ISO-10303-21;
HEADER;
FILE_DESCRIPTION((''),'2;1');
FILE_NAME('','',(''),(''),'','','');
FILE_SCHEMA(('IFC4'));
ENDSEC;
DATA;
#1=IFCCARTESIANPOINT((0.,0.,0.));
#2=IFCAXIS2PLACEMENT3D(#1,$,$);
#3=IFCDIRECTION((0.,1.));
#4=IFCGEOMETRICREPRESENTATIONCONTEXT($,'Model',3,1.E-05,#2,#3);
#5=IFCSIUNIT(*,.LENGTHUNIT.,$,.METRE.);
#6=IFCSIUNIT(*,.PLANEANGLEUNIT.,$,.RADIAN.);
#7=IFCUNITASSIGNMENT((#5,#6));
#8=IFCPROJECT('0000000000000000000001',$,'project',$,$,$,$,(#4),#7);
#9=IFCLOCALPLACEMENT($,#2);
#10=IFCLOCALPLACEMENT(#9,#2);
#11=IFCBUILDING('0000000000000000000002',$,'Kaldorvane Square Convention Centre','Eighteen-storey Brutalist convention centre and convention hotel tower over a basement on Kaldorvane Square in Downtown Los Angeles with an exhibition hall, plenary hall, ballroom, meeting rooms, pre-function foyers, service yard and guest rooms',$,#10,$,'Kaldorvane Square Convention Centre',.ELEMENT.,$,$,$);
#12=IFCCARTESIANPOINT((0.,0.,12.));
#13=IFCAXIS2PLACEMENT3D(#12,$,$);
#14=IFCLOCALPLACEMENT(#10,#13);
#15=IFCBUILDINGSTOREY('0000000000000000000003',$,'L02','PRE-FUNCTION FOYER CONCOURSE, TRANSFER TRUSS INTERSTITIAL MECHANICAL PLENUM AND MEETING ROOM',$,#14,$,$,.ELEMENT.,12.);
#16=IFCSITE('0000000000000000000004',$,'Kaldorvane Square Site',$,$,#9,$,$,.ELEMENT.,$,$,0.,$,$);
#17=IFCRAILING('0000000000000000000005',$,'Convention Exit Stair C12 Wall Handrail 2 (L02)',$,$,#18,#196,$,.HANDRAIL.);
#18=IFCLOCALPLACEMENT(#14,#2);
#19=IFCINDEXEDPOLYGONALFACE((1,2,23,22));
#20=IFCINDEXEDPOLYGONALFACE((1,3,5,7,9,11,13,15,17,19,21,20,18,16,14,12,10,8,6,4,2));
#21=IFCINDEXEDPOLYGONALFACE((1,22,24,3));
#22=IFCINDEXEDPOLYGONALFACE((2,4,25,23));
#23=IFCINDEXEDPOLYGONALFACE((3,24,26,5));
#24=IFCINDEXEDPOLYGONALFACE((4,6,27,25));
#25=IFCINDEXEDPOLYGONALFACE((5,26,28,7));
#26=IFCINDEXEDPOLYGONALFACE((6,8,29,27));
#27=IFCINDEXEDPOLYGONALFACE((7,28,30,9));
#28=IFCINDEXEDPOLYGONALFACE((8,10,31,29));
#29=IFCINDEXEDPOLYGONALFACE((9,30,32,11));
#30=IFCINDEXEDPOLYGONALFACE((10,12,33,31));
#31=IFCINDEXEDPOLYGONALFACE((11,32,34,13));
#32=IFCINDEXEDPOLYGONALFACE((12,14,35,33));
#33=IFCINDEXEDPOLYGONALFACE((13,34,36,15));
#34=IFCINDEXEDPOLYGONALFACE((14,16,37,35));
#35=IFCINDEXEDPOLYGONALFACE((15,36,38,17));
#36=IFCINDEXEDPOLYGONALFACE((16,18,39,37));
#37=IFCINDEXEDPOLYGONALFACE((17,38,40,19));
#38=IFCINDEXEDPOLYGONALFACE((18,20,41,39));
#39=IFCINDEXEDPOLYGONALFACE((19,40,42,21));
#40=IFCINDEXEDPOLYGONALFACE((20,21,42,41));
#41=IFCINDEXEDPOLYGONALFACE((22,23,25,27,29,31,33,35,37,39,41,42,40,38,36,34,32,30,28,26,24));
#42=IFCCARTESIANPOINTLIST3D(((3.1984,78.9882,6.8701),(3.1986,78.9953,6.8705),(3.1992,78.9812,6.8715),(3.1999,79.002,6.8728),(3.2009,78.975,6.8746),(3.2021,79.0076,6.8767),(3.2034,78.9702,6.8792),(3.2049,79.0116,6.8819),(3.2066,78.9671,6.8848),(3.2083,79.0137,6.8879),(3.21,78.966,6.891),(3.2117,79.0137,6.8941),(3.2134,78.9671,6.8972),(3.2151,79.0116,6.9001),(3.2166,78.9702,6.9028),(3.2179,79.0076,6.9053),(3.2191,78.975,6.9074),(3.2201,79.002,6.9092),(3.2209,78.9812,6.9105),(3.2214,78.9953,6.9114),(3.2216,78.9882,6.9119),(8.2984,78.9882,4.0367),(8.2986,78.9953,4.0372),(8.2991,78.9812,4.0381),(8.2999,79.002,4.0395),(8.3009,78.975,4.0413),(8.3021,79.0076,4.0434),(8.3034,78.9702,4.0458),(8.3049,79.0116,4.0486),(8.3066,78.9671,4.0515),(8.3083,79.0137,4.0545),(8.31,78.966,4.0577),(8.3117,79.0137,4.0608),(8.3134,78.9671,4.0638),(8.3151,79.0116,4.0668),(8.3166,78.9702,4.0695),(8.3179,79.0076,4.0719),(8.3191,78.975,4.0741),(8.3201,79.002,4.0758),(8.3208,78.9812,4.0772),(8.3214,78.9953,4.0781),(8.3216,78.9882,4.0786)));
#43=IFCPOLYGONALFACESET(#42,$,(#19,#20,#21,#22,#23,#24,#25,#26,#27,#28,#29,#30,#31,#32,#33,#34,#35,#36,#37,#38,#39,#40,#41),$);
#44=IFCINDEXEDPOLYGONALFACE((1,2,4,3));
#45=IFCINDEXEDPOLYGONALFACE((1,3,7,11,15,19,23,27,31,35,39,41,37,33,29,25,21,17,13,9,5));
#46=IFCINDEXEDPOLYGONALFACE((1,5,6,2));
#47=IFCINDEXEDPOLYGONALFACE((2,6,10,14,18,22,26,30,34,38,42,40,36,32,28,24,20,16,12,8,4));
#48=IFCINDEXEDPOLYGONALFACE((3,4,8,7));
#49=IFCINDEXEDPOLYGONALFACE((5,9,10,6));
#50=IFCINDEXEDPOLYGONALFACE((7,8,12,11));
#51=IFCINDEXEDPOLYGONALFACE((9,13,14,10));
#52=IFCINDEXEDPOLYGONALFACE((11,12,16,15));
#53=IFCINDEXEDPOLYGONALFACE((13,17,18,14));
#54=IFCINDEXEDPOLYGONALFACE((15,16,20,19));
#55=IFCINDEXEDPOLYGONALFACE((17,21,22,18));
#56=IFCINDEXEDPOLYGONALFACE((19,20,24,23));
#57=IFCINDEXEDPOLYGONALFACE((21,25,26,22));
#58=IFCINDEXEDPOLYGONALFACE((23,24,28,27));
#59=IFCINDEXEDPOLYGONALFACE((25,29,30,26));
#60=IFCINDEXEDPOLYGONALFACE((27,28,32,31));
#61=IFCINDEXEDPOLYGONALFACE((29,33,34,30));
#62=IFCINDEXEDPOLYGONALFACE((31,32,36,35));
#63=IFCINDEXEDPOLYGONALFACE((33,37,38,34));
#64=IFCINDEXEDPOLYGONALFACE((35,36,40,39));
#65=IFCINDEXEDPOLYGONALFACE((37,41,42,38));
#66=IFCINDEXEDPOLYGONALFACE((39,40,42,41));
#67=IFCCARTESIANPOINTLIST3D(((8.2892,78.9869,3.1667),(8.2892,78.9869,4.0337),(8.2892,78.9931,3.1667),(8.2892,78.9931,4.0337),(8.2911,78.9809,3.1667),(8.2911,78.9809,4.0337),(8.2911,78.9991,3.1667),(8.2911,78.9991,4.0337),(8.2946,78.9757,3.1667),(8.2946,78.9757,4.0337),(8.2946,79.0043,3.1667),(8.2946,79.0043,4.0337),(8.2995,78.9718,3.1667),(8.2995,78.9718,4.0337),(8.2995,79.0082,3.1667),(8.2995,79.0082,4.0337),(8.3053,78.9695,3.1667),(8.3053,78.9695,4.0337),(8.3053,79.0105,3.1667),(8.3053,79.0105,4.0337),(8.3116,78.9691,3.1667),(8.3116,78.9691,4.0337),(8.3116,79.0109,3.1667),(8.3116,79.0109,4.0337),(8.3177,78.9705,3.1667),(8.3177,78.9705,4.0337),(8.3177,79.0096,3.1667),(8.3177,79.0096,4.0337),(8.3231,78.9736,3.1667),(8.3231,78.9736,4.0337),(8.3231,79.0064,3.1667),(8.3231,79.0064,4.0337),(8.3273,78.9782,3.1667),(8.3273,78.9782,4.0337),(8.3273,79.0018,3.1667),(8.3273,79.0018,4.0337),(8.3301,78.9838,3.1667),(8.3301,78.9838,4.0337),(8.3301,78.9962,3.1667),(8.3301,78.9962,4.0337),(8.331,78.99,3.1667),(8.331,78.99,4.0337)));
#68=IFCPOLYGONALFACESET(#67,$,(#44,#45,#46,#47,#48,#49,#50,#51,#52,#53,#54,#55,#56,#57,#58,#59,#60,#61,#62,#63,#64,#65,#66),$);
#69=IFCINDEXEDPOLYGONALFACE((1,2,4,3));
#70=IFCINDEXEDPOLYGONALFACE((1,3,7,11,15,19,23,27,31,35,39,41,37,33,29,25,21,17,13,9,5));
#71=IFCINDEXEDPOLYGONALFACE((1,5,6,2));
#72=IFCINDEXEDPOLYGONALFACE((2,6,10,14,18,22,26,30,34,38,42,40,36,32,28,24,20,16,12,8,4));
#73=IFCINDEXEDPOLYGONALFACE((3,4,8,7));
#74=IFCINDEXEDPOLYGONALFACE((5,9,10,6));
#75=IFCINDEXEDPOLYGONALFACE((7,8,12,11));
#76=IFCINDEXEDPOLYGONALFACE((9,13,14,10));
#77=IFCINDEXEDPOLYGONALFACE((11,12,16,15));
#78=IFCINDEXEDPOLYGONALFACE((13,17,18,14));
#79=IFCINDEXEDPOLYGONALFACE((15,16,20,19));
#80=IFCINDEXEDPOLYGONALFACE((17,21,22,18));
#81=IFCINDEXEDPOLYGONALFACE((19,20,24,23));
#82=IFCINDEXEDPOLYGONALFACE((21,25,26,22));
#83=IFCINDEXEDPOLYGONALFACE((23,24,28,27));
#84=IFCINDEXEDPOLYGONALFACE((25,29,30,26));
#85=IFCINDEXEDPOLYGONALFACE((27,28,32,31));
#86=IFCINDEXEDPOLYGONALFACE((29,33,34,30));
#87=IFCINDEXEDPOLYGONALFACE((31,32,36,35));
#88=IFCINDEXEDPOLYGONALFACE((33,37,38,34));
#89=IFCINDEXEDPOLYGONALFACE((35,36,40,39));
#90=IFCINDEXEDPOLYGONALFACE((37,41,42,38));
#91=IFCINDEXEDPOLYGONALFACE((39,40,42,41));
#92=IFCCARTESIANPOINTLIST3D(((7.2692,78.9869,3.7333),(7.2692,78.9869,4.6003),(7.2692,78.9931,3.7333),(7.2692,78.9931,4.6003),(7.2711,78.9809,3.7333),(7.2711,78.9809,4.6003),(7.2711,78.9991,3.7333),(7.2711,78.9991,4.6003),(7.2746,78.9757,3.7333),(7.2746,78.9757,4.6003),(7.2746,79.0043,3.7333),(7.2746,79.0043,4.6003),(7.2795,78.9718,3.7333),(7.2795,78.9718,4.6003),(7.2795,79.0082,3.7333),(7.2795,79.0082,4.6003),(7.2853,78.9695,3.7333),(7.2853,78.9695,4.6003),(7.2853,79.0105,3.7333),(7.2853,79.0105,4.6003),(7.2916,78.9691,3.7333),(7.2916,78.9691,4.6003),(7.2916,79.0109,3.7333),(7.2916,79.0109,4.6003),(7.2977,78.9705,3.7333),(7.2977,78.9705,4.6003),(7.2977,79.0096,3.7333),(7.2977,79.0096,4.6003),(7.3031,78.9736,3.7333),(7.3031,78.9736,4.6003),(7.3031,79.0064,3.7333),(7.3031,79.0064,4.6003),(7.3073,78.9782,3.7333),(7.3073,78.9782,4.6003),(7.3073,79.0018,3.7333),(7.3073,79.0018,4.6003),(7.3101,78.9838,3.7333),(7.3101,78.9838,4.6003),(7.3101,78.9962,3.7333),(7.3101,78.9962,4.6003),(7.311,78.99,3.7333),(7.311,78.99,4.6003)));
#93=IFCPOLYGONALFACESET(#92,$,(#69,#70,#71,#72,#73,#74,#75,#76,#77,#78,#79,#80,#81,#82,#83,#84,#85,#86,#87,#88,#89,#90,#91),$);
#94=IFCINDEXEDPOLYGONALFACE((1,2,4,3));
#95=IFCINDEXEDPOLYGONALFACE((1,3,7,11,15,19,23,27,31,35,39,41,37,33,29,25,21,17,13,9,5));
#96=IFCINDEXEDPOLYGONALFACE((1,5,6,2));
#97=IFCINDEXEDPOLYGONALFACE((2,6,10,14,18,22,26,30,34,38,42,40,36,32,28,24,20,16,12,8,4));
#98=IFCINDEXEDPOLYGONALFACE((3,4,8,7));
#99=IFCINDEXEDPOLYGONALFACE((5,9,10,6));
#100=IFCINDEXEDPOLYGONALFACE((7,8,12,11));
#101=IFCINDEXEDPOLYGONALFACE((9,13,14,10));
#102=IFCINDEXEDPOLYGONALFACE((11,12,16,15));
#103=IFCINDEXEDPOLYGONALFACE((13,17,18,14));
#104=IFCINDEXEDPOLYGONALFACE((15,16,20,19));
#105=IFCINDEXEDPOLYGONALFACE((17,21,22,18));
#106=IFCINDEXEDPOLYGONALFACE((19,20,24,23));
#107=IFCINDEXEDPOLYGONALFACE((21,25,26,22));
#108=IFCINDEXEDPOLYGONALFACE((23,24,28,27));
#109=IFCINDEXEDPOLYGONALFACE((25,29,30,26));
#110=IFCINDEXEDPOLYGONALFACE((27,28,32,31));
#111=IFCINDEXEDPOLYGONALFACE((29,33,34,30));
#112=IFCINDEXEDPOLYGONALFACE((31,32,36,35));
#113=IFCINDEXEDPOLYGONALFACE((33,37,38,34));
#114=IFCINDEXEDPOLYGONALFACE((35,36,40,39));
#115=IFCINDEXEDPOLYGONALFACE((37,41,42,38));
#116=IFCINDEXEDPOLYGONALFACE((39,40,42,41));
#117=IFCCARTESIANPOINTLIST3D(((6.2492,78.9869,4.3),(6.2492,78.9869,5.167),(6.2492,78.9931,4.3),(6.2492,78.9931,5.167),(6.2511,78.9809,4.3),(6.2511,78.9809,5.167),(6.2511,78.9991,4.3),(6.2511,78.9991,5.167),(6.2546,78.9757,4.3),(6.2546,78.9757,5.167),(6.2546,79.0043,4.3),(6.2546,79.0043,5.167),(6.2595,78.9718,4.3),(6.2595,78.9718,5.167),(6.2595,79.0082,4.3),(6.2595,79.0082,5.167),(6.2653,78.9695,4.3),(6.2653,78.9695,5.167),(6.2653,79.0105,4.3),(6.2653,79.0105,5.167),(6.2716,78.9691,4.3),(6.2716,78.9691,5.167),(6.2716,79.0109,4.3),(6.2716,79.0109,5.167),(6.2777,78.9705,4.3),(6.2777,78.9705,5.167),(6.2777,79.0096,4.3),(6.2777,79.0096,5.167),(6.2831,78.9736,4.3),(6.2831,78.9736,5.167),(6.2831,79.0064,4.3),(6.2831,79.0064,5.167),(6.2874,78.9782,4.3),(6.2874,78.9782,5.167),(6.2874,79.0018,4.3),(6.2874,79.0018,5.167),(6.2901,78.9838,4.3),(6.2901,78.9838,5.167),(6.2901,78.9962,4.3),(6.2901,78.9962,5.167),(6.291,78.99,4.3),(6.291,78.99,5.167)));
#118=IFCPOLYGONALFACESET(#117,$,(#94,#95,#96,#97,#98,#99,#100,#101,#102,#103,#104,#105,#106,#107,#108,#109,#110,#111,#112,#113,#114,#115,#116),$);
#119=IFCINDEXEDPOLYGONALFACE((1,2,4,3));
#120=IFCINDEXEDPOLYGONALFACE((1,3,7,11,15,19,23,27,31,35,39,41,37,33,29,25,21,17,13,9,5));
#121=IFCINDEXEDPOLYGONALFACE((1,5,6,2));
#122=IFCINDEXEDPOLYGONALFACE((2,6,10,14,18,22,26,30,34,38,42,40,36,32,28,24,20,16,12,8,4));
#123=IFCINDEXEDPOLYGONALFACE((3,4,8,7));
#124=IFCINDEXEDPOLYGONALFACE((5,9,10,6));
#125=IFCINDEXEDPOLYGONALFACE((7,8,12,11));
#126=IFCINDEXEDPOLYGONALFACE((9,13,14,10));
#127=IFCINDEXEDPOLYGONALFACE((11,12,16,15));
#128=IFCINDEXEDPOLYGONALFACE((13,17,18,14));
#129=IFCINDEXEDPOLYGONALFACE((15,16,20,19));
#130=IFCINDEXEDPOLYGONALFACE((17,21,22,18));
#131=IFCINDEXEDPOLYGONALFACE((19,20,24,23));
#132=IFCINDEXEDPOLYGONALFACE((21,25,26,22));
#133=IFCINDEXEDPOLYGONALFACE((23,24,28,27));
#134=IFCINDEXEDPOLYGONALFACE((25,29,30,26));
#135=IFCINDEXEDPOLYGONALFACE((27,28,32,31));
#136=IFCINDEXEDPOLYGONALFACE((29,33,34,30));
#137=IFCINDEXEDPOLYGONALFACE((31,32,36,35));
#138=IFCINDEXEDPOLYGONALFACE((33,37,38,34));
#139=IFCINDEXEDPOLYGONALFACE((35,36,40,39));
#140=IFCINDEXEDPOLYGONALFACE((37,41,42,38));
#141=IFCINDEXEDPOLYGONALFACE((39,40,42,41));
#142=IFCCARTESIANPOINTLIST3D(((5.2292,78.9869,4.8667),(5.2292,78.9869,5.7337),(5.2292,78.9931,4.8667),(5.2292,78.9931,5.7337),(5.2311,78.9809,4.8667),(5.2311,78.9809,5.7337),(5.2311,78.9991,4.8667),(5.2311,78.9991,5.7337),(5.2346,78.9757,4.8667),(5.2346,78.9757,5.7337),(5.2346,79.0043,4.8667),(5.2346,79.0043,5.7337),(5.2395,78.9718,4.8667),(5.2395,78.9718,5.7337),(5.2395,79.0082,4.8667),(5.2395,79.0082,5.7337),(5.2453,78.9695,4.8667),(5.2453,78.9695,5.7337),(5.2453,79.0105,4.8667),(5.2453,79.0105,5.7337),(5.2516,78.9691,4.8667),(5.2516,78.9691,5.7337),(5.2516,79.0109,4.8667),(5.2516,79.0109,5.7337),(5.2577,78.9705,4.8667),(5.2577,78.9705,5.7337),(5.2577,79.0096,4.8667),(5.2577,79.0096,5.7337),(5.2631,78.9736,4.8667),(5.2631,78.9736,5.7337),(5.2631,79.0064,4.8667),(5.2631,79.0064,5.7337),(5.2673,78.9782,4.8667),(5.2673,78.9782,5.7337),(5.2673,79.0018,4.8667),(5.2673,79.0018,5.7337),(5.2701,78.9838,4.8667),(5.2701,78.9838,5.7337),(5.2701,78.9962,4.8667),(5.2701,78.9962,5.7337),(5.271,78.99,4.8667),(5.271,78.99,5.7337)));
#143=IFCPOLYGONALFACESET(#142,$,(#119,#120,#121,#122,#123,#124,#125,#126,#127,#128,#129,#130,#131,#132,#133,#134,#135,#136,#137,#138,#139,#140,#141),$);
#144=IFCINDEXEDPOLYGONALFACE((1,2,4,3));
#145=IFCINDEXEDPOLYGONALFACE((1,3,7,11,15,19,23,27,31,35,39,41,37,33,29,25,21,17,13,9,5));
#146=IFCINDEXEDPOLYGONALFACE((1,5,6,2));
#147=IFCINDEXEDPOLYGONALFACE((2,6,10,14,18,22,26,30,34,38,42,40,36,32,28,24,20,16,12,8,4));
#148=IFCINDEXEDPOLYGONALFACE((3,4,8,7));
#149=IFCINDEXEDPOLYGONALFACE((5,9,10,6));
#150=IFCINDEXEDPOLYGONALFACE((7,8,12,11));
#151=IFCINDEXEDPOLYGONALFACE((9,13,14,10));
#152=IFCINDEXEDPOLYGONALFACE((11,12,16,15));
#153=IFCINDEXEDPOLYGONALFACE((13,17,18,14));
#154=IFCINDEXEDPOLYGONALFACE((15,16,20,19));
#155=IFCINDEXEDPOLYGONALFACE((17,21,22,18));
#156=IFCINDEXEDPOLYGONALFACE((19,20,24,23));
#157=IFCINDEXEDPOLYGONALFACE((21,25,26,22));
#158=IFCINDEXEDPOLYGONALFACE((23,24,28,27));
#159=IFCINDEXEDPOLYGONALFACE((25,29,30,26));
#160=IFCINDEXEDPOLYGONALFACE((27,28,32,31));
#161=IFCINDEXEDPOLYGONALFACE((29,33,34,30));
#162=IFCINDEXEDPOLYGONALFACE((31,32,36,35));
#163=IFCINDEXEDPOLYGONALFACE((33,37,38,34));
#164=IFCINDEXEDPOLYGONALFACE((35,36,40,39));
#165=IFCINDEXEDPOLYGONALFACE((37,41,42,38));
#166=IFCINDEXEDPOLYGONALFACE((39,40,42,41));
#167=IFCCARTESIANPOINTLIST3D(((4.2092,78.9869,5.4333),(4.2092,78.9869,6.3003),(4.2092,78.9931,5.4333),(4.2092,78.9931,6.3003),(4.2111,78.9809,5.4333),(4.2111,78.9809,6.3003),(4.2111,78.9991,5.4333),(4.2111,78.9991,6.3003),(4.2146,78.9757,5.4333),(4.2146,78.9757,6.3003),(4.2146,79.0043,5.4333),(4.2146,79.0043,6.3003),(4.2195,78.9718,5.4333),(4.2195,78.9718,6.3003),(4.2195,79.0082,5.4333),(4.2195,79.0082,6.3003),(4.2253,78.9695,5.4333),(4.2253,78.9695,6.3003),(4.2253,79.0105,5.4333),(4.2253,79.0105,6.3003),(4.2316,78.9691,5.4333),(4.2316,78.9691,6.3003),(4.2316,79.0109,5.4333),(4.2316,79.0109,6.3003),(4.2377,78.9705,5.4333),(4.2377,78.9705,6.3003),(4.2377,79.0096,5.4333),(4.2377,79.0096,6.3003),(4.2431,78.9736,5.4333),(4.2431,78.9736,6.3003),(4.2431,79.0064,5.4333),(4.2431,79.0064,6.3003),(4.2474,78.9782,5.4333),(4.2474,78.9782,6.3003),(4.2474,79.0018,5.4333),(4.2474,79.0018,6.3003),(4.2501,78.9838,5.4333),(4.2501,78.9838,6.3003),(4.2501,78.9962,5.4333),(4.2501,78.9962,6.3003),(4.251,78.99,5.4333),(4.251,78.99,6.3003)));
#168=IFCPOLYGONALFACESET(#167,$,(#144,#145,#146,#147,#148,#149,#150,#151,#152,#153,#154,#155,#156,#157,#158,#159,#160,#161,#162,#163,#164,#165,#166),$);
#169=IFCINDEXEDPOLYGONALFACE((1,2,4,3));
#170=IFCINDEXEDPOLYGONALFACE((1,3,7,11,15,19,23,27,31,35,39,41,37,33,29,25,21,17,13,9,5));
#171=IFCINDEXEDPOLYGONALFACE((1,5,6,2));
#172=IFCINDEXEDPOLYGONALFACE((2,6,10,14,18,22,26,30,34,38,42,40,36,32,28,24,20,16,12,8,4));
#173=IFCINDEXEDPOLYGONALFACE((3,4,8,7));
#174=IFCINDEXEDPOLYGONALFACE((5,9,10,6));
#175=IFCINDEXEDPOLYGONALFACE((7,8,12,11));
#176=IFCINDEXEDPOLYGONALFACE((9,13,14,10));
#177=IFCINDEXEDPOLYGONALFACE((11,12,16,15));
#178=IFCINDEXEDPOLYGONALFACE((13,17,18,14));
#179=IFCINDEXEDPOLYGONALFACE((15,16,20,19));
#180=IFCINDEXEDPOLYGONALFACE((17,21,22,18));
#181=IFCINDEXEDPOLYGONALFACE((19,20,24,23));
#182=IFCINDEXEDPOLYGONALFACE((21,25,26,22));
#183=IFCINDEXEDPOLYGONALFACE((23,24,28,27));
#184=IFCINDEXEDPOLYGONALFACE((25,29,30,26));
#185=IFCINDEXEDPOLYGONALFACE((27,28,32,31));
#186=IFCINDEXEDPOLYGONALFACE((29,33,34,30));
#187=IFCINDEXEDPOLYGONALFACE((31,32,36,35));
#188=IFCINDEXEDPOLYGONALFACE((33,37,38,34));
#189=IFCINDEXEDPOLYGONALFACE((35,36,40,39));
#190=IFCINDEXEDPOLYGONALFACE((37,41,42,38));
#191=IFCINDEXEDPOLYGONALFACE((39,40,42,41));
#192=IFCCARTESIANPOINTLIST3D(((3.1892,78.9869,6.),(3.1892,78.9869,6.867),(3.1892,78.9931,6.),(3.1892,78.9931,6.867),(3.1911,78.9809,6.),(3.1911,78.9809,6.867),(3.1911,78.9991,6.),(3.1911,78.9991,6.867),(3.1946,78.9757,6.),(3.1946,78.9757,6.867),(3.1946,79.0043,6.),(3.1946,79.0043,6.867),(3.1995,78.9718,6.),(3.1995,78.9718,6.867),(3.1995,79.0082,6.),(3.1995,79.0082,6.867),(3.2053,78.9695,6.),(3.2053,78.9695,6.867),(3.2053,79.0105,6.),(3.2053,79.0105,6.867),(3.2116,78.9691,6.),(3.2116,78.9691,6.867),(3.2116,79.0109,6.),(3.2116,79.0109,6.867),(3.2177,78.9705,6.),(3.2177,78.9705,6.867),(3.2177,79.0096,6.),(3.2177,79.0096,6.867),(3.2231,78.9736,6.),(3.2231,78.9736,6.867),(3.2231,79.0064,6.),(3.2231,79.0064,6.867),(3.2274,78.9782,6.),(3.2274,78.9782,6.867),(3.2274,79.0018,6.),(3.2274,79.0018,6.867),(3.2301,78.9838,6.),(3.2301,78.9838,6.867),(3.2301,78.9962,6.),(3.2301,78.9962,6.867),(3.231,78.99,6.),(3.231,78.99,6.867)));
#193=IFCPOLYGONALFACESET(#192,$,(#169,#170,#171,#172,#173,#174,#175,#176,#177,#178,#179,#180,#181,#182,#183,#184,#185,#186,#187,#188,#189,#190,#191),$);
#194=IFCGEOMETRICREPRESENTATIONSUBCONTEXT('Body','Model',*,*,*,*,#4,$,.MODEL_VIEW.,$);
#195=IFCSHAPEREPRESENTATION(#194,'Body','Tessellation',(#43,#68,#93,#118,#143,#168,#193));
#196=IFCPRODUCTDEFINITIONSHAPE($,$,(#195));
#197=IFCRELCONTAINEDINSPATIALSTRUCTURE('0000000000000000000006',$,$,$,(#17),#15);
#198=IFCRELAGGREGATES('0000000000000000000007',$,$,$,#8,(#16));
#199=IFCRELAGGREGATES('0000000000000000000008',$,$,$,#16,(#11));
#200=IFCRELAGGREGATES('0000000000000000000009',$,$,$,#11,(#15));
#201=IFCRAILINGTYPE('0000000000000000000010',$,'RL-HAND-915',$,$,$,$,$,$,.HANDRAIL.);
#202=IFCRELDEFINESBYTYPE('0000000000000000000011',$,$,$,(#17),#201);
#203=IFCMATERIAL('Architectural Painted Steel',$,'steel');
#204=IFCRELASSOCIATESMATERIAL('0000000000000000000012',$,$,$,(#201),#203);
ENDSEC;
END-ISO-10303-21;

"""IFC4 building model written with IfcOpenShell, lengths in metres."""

from ifc_helpers import new_model, si_unit, direction, frame, origin, origin_2d, place, context, subcontext, project, spatial, circle, extrude, material, type_object, element, save


model = new_model("IFC4")

# Units and contexts
model_context = context("Model", 3, precision=1e-05, world=origin(), true_north=direction((0.0, 1.0)))
body_context = subcontext(model_context, "Body", "Model", "MODEL_VIEW")
ifc_project = project(units=[si_unit("LENGTHUNIT", "METRE"), si_unit("PLANEANGLEUNIT", "RADIAN")], contexts=[model_context])

# Site, building, storey
site_placement = place(None, origin())
site = spatial("IfcSite", under=ifc_project, at=site_placement, Name="Kaldorvane Square Site", CompositionType="ELEMENT", RefElevation=0.0)
building_placement = place(site_placement, origin())
building = spatial("IfcBuilding", under=site, at=building_placement, Name="Kaldorvane Square Convention Centre", Description="Eighteen-storey Brutalist convention centre and convention hotel tower over a basement on Kaldorvane Square in Downtown Los Angeles with an exhibition hall, plenary hall, ballroom, meeting rooms, pre-function foyers, service yard and guest rooms", LongName="Kaldorvane Square Convention Centre", CompositionType="ELEMENT")
storey_placement = place(building_placement, frame((0.0, 0.0, 12.0)))
storey = spatial("IfcBuildingStorey", under=building, at=storey_placement, Name="L02", Description="PRE-FUNCTION FOYER CONCOURSE, TRANSFER TRUSS INTERSTITIAL MECHANICAL PLENUM AND MEETING ROOM", CompositionType="ELEMENT", Elevation=12.0)

# Railing
ifc_material_1 = material(Name="Architectural Painted Steel", Category="steel")
railing_type_1 = type_object("IfcRailingType", Name="RL-HAND-915", PredefinedType="HANDRAIL", material=ifc_material_1)
railing_1_placement = place(storey_placement, frame((8.31, 78.99, 3.1667)))
element("IfcRailing", 1, at=railing_1_placement, inside=storey, type_object=railing_type_1, Name="Convention Exit Stair C12 Wall Handrail 2 (L02)", PredefinedType="HANDRAIL", context=body_context, shape_type="SweptSolid", body=[
    extrude(circle(Radius=0.024, at=origin_2d()), frame((0.0, 0.0, 0.891), z_axis=(-0.874157, 0.0, 0.485643), x_axis=(0.0, -1.0, 0.0)), (0.0, 0.0, 1.0), 5.8342),
    extrude(circle(Radius=0.021, at=origin_2d()), origin(), (0.0, 0.0, 1.0), 0.867),
    extrude(circle(Radius=0.021, at=origin_2d()), frame((-1.02, 0.0, 0.5667)), (0.0, 0.0, 1.0), 0.867),
    extrude(circle(Radius=0.021, at=origin_2d()), frame((-2.04, 0.0, 1.1333)), (0.0, 0.0, 1.0), 0.867),
    extrude(circle(Radius=0.021, at=origin_2d()), frame((-3.06, 0.0, 1.7)), (0.0, 0.0, 1.0), 0.867),
    extrude(circle(Radius=0.021, at=origin_2d()), frame((-4.08, 0.0, 2.2667)), (0.0, 0.0, 1.0), 0.867),
    extrude(circle(Radius=0.021, at=origin_2d()), frame((-5.1, 0.0, 2.8333)), (0.0, 0.0, 1.0), 0.867),
])

save(model, "model.ifc")
